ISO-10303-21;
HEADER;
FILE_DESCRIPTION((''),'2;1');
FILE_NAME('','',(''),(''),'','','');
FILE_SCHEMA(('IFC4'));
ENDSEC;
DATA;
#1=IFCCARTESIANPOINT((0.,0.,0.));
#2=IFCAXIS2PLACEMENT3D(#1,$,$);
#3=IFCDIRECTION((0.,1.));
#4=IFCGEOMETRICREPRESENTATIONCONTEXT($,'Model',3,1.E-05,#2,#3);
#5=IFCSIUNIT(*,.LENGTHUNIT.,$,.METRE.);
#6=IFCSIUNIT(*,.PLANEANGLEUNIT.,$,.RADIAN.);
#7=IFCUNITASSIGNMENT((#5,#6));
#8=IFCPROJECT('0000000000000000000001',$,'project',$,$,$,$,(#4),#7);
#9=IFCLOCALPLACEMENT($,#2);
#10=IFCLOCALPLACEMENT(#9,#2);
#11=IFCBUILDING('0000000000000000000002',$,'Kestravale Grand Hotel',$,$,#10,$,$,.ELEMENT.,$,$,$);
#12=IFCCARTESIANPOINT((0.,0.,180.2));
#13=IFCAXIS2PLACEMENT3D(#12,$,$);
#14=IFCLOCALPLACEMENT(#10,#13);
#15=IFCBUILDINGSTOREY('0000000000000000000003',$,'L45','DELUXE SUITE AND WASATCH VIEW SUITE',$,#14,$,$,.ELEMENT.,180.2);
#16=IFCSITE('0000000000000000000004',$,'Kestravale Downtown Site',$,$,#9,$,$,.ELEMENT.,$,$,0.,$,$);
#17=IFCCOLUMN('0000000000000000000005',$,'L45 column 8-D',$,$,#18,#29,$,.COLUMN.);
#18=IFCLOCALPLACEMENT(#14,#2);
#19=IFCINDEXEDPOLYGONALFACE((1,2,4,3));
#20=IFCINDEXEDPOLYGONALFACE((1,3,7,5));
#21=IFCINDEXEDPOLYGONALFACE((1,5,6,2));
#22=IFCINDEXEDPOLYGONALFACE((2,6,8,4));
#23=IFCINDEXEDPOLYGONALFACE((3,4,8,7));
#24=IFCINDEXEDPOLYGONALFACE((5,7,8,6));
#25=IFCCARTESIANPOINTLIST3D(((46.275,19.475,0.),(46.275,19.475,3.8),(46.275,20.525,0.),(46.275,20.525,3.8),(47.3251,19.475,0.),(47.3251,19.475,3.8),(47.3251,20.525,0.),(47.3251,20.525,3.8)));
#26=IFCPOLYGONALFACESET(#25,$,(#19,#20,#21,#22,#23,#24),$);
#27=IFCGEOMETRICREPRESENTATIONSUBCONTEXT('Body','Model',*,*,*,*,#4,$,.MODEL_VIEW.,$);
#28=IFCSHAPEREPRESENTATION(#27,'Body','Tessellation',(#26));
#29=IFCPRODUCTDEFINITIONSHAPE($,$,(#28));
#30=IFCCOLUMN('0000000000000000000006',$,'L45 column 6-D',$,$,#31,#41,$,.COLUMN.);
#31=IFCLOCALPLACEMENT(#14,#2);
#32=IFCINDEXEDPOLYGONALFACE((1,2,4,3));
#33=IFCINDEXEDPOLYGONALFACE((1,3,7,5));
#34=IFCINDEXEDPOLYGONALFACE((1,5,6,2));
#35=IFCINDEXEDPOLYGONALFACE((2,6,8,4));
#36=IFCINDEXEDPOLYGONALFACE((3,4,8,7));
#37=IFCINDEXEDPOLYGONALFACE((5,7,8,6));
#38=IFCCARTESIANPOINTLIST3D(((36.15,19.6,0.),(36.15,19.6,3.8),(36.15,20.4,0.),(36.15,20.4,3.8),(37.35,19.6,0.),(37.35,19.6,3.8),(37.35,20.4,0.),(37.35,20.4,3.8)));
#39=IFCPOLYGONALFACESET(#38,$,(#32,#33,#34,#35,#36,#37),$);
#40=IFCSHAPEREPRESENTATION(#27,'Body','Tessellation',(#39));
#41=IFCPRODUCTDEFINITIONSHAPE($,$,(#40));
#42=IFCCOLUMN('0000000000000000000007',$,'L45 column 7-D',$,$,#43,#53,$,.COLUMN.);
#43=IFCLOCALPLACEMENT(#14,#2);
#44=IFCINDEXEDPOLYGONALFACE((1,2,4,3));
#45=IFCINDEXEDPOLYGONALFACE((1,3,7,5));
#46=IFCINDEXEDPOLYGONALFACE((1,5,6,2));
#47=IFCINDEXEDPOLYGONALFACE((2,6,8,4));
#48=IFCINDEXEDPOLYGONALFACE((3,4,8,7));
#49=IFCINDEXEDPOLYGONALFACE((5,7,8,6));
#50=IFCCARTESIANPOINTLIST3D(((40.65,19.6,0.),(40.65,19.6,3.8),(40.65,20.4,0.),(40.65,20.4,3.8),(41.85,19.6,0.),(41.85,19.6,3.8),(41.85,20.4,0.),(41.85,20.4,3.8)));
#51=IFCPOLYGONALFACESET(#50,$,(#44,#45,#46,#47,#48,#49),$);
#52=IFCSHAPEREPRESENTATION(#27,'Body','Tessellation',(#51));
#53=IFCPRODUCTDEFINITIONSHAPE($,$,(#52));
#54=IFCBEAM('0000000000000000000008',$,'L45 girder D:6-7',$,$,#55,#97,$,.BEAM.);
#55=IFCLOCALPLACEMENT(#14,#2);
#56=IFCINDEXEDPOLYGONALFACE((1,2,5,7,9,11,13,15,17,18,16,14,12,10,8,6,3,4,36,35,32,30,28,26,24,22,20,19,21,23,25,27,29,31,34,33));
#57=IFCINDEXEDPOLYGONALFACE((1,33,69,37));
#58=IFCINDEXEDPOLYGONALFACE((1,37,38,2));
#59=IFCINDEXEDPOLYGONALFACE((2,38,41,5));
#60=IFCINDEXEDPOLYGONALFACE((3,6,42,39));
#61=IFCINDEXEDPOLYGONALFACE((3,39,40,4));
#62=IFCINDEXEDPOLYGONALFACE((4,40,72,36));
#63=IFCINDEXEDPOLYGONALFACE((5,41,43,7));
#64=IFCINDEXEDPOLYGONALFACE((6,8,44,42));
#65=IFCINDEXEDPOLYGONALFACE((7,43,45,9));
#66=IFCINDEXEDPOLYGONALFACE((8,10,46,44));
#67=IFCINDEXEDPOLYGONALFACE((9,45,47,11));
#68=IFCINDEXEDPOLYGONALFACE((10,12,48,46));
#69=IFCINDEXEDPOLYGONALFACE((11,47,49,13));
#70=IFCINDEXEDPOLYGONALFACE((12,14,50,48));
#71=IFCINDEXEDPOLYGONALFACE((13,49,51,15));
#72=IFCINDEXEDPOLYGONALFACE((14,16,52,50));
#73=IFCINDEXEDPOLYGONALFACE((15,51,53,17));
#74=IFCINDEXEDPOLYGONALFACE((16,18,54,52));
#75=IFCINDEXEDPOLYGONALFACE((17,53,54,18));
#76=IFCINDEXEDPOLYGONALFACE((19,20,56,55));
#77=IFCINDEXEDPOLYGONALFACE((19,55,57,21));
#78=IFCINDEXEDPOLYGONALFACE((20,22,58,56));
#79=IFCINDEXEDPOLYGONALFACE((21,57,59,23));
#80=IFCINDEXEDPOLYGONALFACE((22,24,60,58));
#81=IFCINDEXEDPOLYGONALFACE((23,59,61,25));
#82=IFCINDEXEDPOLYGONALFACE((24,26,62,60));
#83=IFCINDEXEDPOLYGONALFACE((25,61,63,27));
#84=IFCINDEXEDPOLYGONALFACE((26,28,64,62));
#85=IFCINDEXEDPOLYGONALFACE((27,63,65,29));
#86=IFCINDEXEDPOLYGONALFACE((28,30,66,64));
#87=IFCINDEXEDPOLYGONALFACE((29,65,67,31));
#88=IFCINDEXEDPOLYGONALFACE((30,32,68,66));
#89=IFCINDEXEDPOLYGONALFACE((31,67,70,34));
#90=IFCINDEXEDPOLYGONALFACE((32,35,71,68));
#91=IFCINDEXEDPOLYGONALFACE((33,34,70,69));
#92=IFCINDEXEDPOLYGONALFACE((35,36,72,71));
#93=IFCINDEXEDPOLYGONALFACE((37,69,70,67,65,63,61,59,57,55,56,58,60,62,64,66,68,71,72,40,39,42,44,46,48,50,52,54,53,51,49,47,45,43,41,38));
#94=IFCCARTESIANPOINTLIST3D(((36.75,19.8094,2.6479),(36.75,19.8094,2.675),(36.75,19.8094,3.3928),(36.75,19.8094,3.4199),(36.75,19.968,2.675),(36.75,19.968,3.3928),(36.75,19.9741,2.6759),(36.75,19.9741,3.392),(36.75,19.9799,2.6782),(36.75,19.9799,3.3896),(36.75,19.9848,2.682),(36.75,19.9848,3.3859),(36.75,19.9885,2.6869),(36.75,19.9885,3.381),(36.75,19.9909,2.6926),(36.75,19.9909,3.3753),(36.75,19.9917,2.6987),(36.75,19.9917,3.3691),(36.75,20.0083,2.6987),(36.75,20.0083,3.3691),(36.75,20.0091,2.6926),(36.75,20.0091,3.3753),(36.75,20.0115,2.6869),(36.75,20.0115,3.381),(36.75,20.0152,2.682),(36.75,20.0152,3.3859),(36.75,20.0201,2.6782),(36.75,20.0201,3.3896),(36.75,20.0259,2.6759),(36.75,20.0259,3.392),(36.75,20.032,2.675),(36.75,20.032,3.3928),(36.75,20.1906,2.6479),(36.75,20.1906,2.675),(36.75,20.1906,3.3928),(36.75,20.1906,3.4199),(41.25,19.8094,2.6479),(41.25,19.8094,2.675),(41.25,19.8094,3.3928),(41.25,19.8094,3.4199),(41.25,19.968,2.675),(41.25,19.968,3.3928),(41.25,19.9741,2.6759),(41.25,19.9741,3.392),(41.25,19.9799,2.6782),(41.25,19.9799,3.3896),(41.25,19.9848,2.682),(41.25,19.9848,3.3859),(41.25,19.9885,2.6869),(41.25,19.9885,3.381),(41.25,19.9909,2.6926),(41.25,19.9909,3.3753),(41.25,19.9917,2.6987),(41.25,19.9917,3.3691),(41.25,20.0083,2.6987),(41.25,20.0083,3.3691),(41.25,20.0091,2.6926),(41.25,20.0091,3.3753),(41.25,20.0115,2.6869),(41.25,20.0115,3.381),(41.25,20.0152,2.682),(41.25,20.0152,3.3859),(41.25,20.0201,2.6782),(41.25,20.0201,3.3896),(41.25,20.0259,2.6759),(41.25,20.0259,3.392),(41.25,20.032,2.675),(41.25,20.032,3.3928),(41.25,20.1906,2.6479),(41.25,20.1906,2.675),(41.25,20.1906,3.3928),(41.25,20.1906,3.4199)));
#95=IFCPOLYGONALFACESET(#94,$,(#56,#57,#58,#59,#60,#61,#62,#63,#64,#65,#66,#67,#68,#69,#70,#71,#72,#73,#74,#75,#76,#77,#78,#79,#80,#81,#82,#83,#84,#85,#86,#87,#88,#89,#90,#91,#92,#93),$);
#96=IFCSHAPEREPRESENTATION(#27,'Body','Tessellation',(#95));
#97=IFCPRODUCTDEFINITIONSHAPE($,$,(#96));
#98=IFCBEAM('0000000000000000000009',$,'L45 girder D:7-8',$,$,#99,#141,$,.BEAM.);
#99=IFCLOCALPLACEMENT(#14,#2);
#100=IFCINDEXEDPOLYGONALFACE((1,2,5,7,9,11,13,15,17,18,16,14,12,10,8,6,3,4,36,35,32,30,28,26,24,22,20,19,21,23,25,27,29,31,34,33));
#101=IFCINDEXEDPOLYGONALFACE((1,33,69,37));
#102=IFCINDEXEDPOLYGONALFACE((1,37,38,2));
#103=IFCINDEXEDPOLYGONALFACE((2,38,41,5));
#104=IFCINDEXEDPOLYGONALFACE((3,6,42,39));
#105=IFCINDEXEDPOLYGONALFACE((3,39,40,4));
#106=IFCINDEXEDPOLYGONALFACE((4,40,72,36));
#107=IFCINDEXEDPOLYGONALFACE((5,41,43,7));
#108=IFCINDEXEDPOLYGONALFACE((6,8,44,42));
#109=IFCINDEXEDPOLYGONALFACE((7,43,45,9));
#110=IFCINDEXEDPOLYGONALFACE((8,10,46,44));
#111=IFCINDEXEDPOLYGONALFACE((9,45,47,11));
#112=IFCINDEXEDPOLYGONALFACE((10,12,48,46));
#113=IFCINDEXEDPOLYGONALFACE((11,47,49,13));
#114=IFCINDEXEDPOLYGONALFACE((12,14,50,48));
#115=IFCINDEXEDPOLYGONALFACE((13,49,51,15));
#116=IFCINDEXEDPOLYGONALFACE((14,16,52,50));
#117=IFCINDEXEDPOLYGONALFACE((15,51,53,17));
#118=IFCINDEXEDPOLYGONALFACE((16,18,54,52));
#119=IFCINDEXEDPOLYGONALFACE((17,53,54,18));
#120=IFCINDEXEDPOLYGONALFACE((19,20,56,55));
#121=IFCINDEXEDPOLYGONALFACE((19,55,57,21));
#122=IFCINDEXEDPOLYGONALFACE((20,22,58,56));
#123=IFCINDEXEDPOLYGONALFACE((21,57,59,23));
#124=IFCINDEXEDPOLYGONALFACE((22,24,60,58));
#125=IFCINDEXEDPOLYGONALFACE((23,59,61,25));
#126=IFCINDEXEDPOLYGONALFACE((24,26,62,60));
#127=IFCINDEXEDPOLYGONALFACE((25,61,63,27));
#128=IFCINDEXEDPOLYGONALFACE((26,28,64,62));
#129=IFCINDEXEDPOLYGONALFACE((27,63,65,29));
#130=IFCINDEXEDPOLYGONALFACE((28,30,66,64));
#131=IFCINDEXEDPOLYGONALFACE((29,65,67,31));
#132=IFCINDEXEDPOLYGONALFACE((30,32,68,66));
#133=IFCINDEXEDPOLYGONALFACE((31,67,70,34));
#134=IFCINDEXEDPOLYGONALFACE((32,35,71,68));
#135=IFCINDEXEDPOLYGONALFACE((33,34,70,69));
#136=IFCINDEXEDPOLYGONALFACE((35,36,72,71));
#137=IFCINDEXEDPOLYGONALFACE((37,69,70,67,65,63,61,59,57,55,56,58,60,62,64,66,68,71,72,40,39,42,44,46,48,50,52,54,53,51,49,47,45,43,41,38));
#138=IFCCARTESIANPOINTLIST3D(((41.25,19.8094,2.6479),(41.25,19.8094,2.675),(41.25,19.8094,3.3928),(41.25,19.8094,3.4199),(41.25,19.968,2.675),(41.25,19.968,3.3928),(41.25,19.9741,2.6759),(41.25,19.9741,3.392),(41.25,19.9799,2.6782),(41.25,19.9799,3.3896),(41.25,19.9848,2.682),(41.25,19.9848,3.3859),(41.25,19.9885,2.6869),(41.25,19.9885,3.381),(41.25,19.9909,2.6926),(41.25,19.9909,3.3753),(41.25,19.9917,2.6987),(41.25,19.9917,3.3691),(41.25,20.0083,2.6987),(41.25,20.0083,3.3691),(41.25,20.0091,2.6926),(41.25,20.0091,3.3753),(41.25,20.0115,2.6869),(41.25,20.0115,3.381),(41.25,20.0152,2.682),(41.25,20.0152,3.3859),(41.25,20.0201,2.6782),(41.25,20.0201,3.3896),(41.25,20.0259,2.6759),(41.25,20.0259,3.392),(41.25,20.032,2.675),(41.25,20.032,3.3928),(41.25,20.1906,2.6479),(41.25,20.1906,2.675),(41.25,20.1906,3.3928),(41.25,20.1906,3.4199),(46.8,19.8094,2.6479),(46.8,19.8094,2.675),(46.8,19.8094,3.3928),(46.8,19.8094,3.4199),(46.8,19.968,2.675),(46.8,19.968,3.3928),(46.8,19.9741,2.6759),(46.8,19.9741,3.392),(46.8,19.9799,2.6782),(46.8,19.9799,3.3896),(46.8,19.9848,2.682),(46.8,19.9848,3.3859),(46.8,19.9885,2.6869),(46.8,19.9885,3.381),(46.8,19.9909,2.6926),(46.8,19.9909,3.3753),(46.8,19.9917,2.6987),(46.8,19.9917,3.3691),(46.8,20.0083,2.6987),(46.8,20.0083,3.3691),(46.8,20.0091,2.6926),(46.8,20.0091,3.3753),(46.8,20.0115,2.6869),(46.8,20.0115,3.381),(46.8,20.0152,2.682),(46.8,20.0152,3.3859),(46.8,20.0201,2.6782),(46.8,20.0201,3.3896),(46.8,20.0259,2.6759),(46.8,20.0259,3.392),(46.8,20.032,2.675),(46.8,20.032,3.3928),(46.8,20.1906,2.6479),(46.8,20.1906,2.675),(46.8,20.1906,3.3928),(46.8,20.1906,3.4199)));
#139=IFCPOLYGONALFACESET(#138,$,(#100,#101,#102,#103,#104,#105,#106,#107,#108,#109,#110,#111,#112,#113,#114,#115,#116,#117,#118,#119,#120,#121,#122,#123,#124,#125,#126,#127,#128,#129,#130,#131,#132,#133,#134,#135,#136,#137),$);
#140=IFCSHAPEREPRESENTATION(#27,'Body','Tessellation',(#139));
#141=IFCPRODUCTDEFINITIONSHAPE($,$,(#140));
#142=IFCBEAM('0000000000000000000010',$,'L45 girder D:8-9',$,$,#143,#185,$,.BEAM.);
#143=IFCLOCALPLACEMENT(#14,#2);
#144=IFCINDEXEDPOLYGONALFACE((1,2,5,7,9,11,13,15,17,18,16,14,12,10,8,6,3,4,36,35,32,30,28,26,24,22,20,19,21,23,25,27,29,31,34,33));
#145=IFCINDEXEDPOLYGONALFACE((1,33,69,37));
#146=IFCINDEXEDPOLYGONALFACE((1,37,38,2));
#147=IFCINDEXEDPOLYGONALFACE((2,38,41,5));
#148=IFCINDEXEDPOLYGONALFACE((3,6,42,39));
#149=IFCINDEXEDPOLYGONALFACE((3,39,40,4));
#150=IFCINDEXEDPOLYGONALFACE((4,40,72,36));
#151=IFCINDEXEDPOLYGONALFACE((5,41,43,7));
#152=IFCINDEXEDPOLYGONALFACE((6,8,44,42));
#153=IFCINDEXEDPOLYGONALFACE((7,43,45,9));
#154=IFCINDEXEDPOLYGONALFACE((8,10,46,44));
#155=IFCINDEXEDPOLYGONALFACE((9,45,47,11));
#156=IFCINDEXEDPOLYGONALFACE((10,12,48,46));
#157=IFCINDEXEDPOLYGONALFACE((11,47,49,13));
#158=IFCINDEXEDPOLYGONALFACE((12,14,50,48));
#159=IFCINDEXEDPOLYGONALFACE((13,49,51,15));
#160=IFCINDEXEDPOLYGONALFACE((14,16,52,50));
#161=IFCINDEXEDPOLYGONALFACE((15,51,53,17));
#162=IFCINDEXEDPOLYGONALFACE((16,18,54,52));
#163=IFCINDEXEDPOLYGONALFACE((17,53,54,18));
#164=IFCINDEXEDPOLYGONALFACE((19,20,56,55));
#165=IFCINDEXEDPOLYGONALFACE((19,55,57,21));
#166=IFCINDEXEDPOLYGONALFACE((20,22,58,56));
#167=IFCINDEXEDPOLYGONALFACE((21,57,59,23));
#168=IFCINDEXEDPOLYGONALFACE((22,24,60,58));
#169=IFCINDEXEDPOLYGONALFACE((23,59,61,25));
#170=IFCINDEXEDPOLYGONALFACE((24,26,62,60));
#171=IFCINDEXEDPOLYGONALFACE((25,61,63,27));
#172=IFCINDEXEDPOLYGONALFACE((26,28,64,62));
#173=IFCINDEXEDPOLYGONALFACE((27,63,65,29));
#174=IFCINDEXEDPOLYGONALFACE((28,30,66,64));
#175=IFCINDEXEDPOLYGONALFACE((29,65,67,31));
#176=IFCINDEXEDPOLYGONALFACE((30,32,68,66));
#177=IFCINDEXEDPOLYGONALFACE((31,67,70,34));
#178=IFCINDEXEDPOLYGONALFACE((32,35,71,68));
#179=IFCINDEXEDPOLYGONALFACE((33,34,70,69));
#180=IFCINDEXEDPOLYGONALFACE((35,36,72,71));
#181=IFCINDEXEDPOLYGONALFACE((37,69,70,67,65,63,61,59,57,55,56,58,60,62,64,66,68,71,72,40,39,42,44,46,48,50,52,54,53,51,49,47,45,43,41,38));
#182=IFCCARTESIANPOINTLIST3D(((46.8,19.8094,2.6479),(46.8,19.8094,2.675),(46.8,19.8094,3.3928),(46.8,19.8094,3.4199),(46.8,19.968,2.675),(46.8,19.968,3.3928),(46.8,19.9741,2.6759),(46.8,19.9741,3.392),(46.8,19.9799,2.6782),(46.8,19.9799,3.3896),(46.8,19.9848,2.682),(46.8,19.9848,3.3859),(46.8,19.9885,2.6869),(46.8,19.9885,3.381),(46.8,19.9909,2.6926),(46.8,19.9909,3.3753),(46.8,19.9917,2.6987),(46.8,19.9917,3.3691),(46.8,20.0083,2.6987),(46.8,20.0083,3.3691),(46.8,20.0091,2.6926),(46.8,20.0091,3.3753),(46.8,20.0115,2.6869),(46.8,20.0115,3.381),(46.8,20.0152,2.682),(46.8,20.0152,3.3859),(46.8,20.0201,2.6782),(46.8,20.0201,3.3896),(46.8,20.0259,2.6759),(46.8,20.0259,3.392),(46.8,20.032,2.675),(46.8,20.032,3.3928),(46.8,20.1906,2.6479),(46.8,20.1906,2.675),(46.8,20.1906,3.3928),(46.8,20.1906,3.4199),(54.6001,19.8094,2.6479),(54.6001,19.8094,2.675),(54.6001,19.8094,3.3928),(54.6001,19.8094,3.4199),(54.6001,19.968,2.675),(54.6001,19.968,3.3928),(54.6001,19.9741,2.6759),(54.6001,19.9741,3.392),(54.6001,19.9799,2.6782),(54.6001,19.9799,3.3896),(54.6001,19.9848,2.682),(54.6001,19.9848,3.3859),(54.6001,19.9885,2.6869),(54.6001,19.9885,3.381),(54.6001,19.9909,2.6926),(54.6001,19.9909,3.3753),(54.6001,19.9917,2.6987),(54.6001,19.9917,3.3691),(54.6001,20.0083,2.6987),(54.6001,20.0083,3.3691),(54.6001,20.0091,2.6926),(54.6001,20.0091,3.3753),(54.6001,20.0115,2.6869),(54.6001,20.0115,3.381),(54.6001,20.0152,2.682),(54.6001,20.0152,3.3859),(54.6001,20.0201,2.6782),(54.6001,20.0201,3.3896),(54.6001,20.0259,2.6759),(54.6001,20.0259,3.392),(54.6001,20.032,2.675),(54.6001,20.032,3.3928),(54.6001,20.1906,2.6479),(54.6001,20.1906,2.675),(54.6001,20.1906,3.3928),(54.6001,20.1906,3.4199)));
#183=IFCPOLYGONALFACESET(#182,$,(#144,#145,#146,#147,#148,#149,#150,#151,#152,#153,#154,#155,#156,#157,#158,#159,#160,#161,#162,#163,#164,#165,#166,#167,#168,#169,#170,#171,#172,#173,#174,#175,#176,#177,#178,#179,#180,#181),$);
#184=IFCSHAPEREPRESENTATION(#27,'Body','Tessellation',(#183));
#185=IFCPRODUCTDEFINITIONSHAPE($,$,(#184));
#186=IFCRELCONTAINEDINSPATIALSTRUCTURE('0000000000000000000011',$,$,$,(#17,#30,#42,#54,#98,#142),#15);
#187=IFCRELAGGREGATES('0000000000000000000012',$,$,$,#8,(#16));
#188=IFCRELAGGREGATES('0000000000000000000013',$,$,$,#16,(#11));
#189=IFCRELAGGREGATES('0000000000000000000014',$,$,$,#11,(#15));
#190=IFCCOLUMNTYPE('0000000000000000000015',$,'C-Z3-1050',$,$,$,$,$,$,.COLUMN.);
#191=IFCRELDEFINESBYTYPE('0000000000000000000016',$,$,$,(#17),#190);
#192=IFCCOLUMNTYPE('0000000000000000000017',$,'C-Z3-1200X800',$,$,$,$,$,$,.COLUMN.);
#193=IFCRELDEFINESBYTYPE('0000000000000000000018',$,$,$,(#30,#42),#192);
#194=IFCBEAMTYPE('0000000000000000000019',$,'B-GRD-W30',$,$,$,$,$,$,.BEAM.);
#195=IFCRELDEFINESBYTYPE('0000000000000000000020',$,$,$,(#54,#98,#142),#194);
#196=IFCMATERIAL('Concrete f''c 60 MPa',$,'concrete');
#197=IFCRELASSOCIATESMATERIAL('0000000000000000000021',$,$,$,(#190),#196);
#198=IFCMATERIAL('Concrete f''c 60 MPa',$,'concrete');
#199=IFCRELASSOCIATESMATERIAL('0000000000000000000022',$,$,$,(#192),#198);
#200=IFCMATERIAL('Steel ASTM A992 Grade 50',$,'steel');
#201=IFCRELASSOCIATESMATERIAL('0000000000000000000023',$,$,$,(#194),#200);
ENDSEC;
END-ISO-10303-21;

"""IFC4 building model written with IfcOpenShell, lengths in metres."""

from ifc_helpers import new_model, si_unit, direction, frame, origin, origin_2d, place, context, subcontext, project, spatial, rectangle, i_section, extrude, material, material_profile, profile_set, type_object, element, save


model = new_model("IFC4")

# Units and contexts
model_context = context("Model", 3, precision=1e-05, world=origin(), true_north=direction((0.0, 1.0)))
body_context = subcontext(model_context, "Body", "Model", "MODEL_VIEW")
ifc_project = project(units=[si_unit("LENGTHUNIT", "METRE"), si_unit("PLANEANGLEUNIT", "RADIAN")], contexts=[model_context])

# Site, building, storey
site_placement = place(None, origin())
site = spatial("IfcSite", under=ifc_project, at=site_placement, Name="Kestravale Downtown Site", CompositionType="ELEMENT", RefElevation=0.0)
building_placement = place(site_placement, origin())
building = spatial("IfcBuilding", under=site, at=building_placement, Name="Kestravale Grand Hotel", CompositionType="ELEMENT")
storey_placement = place(building_placement, frame((0.0, 0.0, 180.2)))
storey = spatial("IfcBuildingStorey", under=building, at=storey_placement, Name="L45", Description="DELUXE SUITE AND WASATCH VIEW SUITE", CompositionType="ELEMENT", Elevation=180.2)

# Columns
ifc_material_1 = material(Name="Concrete f'c 60 MPa", Category="concrete")
ifc_material_profile_1 = material_profile(ifc_material_1, rectangle(XDim=1.05, YDim=1.05, at=origin_2d()))
ifc_profile_set_1 = profile_set([ifc_material_profile_1], Name="Concrete f'c 60 MPa")
column_type_1 = type_object("IfcColumnType", Name="C-Z3-1050", PredefinedType="COLUMN", material=ifc_profile_set_1)
column_placement = place(storey_placement, frame((46.8, 20.0, 0.0), z_axis=(0.0, 0.0, 1.0), x_axis=(1.0, 0.0, 0.0)))
element("IfcColumn", 1, at=column_placement, inside=storey, type_object=column_type_1, Name="L45 column 8-D", PredefinedType="COLUMN", context=body_context, shape_type="SweptSolid", body=[
    extrude(rectangle(XDim=1.05, YDim=1.05, at=origin_2d()), origin(), (0.0, 0.0, 1.0), 3.8),
])
ifc_material_2 = material(Name="Concrete f'c 60 MPa", Category="concrete")
ifc_material_profile_2 = material_profile(ifc_material_2, rectangle(XDim=1.2, YDim=0.8, at=origin_2d()))
ifc_profile_set_2 = profile_set([ifc_material_profile_2], Name="Concrete f'c 60 MPa")
column_type_2 = type_object("IfcColumnType", Name="C-Z3-1200X800", PredefinedType="COLUMN", material=ifc_profile_set_2)
for number, where, z_axis, x_axis, name in (
    (2, (36.75, 20.0, 0.0), (0.0, 0.0, 1.0), (1.0, 0.0, 0.0), "L45 column 6-D"),
    (3, (41.25, 20.0, 0.0), (0.0, 0.0, 1.0), (1.0, 0.0, 0.0), "L45 column 7-D"),
):
    element("IfcColumn", number, at=place(storey_placement, frame(where, z_axis=z_axis, x_axis=x_axis)), inside=storey, type_object=column_type_2, Name=name, PredefinedType="COLUMN", context=body_context, shape_type="SweptSolid", body=[
        extrude(rectangle(XDim=1.2, YDim=0.8, at=origin_2d()), origin(), (0.0, 0.0, 1.0), 3.8),
    ])

# Beams
ifc_material_3 = material(Name="Steel ASTM A992 Grade 50", Category="steel")
ifc_material_profile_3 = material_profile(ifc_material_3, i_section(OverallWidth=0.3811, OverallDepth=0.772, WebThickness=0.0166, FlangeThickness=0.0271, FilletRadius=0.0237, at=origin_2d()))
ifc_profile_set_3 = profile_set([ifc_material_profile_3], Name="Steel ASTM A992 Grade 50")
beam_type = type_object("IfcBeamType", Name="B-GRD-W30", PredefinedType="BEAM", material=ifc_profile_set_3)
beam_1_placement = place(storey_placement, frame((36.75, 20.0, 3.0339), z_axis=(1.0, 0.0, 0.0), x_axis=(0.0, 1.0, 0.0)))
element("IfcBeam", 4, at=beam_1_placement, inside=storey, type_object=beam_type, Name="L45 girder D:6-7", PredefinedType="BEAM", context=body_context, shape_type="SweptSolid", body=[
    extrude(i_section(OverallWidth=0.3811, OverallDepth=0.772, WebThickness=0.0166, FlangeThickness=0.0271, FilletRadius=0.0237, at=origin_2d()), origin(), (0.0, 0.0, 1.0), 4.5),
])
beam_2_placement = place(storey_placement, frame((41.25, 20.0, 3.0339), z_axis=(1.0, 0.0, 0.0), x_axis=(0.0, 1.0, 0.0)))
element("IfcBeam", 5, at=beam_2_placement, inside=storey, type_object=beam_type, Name="L45 girder D:7-8", PredefinedType="BEAM", context=body_context, shape_type="SweptSolid", body=[
    extrude(i_section(OverallWidth=0.3811, OverallDepth=0.772, WebThickness=0.0166, FlangeThickness=0.0271, FilletRadius=0.0237, at=origin_2d()), origin(), (0.0, 0.0, 1.0), 5.55),
])
beam_3_placement = place(storey_placement, frame((46.8, 20.0, 3.0339), z_axis=(1.0, 0.0, 0.0), x_axis=(0.0, 1.0, 0.0)))
element("IfcBeam", 6, at=beam_3_placement, inside=storey, type_object=beam_type, Name="L45 girder D:8-9", PredefinedType="BEAM", context=body_context, shape_type="SweptSolid", body=[
    extrude(i_section(OverallWidth=0.3811, OverallDepth=0.772, WebThickness=0.0166, FlangeThickness=0.0271, FilletRadius=0.0237, at=origin_2d()), origin(), (0.0, 0.0, 1.0), 7.8),
])

save(model, "model.ifc")
